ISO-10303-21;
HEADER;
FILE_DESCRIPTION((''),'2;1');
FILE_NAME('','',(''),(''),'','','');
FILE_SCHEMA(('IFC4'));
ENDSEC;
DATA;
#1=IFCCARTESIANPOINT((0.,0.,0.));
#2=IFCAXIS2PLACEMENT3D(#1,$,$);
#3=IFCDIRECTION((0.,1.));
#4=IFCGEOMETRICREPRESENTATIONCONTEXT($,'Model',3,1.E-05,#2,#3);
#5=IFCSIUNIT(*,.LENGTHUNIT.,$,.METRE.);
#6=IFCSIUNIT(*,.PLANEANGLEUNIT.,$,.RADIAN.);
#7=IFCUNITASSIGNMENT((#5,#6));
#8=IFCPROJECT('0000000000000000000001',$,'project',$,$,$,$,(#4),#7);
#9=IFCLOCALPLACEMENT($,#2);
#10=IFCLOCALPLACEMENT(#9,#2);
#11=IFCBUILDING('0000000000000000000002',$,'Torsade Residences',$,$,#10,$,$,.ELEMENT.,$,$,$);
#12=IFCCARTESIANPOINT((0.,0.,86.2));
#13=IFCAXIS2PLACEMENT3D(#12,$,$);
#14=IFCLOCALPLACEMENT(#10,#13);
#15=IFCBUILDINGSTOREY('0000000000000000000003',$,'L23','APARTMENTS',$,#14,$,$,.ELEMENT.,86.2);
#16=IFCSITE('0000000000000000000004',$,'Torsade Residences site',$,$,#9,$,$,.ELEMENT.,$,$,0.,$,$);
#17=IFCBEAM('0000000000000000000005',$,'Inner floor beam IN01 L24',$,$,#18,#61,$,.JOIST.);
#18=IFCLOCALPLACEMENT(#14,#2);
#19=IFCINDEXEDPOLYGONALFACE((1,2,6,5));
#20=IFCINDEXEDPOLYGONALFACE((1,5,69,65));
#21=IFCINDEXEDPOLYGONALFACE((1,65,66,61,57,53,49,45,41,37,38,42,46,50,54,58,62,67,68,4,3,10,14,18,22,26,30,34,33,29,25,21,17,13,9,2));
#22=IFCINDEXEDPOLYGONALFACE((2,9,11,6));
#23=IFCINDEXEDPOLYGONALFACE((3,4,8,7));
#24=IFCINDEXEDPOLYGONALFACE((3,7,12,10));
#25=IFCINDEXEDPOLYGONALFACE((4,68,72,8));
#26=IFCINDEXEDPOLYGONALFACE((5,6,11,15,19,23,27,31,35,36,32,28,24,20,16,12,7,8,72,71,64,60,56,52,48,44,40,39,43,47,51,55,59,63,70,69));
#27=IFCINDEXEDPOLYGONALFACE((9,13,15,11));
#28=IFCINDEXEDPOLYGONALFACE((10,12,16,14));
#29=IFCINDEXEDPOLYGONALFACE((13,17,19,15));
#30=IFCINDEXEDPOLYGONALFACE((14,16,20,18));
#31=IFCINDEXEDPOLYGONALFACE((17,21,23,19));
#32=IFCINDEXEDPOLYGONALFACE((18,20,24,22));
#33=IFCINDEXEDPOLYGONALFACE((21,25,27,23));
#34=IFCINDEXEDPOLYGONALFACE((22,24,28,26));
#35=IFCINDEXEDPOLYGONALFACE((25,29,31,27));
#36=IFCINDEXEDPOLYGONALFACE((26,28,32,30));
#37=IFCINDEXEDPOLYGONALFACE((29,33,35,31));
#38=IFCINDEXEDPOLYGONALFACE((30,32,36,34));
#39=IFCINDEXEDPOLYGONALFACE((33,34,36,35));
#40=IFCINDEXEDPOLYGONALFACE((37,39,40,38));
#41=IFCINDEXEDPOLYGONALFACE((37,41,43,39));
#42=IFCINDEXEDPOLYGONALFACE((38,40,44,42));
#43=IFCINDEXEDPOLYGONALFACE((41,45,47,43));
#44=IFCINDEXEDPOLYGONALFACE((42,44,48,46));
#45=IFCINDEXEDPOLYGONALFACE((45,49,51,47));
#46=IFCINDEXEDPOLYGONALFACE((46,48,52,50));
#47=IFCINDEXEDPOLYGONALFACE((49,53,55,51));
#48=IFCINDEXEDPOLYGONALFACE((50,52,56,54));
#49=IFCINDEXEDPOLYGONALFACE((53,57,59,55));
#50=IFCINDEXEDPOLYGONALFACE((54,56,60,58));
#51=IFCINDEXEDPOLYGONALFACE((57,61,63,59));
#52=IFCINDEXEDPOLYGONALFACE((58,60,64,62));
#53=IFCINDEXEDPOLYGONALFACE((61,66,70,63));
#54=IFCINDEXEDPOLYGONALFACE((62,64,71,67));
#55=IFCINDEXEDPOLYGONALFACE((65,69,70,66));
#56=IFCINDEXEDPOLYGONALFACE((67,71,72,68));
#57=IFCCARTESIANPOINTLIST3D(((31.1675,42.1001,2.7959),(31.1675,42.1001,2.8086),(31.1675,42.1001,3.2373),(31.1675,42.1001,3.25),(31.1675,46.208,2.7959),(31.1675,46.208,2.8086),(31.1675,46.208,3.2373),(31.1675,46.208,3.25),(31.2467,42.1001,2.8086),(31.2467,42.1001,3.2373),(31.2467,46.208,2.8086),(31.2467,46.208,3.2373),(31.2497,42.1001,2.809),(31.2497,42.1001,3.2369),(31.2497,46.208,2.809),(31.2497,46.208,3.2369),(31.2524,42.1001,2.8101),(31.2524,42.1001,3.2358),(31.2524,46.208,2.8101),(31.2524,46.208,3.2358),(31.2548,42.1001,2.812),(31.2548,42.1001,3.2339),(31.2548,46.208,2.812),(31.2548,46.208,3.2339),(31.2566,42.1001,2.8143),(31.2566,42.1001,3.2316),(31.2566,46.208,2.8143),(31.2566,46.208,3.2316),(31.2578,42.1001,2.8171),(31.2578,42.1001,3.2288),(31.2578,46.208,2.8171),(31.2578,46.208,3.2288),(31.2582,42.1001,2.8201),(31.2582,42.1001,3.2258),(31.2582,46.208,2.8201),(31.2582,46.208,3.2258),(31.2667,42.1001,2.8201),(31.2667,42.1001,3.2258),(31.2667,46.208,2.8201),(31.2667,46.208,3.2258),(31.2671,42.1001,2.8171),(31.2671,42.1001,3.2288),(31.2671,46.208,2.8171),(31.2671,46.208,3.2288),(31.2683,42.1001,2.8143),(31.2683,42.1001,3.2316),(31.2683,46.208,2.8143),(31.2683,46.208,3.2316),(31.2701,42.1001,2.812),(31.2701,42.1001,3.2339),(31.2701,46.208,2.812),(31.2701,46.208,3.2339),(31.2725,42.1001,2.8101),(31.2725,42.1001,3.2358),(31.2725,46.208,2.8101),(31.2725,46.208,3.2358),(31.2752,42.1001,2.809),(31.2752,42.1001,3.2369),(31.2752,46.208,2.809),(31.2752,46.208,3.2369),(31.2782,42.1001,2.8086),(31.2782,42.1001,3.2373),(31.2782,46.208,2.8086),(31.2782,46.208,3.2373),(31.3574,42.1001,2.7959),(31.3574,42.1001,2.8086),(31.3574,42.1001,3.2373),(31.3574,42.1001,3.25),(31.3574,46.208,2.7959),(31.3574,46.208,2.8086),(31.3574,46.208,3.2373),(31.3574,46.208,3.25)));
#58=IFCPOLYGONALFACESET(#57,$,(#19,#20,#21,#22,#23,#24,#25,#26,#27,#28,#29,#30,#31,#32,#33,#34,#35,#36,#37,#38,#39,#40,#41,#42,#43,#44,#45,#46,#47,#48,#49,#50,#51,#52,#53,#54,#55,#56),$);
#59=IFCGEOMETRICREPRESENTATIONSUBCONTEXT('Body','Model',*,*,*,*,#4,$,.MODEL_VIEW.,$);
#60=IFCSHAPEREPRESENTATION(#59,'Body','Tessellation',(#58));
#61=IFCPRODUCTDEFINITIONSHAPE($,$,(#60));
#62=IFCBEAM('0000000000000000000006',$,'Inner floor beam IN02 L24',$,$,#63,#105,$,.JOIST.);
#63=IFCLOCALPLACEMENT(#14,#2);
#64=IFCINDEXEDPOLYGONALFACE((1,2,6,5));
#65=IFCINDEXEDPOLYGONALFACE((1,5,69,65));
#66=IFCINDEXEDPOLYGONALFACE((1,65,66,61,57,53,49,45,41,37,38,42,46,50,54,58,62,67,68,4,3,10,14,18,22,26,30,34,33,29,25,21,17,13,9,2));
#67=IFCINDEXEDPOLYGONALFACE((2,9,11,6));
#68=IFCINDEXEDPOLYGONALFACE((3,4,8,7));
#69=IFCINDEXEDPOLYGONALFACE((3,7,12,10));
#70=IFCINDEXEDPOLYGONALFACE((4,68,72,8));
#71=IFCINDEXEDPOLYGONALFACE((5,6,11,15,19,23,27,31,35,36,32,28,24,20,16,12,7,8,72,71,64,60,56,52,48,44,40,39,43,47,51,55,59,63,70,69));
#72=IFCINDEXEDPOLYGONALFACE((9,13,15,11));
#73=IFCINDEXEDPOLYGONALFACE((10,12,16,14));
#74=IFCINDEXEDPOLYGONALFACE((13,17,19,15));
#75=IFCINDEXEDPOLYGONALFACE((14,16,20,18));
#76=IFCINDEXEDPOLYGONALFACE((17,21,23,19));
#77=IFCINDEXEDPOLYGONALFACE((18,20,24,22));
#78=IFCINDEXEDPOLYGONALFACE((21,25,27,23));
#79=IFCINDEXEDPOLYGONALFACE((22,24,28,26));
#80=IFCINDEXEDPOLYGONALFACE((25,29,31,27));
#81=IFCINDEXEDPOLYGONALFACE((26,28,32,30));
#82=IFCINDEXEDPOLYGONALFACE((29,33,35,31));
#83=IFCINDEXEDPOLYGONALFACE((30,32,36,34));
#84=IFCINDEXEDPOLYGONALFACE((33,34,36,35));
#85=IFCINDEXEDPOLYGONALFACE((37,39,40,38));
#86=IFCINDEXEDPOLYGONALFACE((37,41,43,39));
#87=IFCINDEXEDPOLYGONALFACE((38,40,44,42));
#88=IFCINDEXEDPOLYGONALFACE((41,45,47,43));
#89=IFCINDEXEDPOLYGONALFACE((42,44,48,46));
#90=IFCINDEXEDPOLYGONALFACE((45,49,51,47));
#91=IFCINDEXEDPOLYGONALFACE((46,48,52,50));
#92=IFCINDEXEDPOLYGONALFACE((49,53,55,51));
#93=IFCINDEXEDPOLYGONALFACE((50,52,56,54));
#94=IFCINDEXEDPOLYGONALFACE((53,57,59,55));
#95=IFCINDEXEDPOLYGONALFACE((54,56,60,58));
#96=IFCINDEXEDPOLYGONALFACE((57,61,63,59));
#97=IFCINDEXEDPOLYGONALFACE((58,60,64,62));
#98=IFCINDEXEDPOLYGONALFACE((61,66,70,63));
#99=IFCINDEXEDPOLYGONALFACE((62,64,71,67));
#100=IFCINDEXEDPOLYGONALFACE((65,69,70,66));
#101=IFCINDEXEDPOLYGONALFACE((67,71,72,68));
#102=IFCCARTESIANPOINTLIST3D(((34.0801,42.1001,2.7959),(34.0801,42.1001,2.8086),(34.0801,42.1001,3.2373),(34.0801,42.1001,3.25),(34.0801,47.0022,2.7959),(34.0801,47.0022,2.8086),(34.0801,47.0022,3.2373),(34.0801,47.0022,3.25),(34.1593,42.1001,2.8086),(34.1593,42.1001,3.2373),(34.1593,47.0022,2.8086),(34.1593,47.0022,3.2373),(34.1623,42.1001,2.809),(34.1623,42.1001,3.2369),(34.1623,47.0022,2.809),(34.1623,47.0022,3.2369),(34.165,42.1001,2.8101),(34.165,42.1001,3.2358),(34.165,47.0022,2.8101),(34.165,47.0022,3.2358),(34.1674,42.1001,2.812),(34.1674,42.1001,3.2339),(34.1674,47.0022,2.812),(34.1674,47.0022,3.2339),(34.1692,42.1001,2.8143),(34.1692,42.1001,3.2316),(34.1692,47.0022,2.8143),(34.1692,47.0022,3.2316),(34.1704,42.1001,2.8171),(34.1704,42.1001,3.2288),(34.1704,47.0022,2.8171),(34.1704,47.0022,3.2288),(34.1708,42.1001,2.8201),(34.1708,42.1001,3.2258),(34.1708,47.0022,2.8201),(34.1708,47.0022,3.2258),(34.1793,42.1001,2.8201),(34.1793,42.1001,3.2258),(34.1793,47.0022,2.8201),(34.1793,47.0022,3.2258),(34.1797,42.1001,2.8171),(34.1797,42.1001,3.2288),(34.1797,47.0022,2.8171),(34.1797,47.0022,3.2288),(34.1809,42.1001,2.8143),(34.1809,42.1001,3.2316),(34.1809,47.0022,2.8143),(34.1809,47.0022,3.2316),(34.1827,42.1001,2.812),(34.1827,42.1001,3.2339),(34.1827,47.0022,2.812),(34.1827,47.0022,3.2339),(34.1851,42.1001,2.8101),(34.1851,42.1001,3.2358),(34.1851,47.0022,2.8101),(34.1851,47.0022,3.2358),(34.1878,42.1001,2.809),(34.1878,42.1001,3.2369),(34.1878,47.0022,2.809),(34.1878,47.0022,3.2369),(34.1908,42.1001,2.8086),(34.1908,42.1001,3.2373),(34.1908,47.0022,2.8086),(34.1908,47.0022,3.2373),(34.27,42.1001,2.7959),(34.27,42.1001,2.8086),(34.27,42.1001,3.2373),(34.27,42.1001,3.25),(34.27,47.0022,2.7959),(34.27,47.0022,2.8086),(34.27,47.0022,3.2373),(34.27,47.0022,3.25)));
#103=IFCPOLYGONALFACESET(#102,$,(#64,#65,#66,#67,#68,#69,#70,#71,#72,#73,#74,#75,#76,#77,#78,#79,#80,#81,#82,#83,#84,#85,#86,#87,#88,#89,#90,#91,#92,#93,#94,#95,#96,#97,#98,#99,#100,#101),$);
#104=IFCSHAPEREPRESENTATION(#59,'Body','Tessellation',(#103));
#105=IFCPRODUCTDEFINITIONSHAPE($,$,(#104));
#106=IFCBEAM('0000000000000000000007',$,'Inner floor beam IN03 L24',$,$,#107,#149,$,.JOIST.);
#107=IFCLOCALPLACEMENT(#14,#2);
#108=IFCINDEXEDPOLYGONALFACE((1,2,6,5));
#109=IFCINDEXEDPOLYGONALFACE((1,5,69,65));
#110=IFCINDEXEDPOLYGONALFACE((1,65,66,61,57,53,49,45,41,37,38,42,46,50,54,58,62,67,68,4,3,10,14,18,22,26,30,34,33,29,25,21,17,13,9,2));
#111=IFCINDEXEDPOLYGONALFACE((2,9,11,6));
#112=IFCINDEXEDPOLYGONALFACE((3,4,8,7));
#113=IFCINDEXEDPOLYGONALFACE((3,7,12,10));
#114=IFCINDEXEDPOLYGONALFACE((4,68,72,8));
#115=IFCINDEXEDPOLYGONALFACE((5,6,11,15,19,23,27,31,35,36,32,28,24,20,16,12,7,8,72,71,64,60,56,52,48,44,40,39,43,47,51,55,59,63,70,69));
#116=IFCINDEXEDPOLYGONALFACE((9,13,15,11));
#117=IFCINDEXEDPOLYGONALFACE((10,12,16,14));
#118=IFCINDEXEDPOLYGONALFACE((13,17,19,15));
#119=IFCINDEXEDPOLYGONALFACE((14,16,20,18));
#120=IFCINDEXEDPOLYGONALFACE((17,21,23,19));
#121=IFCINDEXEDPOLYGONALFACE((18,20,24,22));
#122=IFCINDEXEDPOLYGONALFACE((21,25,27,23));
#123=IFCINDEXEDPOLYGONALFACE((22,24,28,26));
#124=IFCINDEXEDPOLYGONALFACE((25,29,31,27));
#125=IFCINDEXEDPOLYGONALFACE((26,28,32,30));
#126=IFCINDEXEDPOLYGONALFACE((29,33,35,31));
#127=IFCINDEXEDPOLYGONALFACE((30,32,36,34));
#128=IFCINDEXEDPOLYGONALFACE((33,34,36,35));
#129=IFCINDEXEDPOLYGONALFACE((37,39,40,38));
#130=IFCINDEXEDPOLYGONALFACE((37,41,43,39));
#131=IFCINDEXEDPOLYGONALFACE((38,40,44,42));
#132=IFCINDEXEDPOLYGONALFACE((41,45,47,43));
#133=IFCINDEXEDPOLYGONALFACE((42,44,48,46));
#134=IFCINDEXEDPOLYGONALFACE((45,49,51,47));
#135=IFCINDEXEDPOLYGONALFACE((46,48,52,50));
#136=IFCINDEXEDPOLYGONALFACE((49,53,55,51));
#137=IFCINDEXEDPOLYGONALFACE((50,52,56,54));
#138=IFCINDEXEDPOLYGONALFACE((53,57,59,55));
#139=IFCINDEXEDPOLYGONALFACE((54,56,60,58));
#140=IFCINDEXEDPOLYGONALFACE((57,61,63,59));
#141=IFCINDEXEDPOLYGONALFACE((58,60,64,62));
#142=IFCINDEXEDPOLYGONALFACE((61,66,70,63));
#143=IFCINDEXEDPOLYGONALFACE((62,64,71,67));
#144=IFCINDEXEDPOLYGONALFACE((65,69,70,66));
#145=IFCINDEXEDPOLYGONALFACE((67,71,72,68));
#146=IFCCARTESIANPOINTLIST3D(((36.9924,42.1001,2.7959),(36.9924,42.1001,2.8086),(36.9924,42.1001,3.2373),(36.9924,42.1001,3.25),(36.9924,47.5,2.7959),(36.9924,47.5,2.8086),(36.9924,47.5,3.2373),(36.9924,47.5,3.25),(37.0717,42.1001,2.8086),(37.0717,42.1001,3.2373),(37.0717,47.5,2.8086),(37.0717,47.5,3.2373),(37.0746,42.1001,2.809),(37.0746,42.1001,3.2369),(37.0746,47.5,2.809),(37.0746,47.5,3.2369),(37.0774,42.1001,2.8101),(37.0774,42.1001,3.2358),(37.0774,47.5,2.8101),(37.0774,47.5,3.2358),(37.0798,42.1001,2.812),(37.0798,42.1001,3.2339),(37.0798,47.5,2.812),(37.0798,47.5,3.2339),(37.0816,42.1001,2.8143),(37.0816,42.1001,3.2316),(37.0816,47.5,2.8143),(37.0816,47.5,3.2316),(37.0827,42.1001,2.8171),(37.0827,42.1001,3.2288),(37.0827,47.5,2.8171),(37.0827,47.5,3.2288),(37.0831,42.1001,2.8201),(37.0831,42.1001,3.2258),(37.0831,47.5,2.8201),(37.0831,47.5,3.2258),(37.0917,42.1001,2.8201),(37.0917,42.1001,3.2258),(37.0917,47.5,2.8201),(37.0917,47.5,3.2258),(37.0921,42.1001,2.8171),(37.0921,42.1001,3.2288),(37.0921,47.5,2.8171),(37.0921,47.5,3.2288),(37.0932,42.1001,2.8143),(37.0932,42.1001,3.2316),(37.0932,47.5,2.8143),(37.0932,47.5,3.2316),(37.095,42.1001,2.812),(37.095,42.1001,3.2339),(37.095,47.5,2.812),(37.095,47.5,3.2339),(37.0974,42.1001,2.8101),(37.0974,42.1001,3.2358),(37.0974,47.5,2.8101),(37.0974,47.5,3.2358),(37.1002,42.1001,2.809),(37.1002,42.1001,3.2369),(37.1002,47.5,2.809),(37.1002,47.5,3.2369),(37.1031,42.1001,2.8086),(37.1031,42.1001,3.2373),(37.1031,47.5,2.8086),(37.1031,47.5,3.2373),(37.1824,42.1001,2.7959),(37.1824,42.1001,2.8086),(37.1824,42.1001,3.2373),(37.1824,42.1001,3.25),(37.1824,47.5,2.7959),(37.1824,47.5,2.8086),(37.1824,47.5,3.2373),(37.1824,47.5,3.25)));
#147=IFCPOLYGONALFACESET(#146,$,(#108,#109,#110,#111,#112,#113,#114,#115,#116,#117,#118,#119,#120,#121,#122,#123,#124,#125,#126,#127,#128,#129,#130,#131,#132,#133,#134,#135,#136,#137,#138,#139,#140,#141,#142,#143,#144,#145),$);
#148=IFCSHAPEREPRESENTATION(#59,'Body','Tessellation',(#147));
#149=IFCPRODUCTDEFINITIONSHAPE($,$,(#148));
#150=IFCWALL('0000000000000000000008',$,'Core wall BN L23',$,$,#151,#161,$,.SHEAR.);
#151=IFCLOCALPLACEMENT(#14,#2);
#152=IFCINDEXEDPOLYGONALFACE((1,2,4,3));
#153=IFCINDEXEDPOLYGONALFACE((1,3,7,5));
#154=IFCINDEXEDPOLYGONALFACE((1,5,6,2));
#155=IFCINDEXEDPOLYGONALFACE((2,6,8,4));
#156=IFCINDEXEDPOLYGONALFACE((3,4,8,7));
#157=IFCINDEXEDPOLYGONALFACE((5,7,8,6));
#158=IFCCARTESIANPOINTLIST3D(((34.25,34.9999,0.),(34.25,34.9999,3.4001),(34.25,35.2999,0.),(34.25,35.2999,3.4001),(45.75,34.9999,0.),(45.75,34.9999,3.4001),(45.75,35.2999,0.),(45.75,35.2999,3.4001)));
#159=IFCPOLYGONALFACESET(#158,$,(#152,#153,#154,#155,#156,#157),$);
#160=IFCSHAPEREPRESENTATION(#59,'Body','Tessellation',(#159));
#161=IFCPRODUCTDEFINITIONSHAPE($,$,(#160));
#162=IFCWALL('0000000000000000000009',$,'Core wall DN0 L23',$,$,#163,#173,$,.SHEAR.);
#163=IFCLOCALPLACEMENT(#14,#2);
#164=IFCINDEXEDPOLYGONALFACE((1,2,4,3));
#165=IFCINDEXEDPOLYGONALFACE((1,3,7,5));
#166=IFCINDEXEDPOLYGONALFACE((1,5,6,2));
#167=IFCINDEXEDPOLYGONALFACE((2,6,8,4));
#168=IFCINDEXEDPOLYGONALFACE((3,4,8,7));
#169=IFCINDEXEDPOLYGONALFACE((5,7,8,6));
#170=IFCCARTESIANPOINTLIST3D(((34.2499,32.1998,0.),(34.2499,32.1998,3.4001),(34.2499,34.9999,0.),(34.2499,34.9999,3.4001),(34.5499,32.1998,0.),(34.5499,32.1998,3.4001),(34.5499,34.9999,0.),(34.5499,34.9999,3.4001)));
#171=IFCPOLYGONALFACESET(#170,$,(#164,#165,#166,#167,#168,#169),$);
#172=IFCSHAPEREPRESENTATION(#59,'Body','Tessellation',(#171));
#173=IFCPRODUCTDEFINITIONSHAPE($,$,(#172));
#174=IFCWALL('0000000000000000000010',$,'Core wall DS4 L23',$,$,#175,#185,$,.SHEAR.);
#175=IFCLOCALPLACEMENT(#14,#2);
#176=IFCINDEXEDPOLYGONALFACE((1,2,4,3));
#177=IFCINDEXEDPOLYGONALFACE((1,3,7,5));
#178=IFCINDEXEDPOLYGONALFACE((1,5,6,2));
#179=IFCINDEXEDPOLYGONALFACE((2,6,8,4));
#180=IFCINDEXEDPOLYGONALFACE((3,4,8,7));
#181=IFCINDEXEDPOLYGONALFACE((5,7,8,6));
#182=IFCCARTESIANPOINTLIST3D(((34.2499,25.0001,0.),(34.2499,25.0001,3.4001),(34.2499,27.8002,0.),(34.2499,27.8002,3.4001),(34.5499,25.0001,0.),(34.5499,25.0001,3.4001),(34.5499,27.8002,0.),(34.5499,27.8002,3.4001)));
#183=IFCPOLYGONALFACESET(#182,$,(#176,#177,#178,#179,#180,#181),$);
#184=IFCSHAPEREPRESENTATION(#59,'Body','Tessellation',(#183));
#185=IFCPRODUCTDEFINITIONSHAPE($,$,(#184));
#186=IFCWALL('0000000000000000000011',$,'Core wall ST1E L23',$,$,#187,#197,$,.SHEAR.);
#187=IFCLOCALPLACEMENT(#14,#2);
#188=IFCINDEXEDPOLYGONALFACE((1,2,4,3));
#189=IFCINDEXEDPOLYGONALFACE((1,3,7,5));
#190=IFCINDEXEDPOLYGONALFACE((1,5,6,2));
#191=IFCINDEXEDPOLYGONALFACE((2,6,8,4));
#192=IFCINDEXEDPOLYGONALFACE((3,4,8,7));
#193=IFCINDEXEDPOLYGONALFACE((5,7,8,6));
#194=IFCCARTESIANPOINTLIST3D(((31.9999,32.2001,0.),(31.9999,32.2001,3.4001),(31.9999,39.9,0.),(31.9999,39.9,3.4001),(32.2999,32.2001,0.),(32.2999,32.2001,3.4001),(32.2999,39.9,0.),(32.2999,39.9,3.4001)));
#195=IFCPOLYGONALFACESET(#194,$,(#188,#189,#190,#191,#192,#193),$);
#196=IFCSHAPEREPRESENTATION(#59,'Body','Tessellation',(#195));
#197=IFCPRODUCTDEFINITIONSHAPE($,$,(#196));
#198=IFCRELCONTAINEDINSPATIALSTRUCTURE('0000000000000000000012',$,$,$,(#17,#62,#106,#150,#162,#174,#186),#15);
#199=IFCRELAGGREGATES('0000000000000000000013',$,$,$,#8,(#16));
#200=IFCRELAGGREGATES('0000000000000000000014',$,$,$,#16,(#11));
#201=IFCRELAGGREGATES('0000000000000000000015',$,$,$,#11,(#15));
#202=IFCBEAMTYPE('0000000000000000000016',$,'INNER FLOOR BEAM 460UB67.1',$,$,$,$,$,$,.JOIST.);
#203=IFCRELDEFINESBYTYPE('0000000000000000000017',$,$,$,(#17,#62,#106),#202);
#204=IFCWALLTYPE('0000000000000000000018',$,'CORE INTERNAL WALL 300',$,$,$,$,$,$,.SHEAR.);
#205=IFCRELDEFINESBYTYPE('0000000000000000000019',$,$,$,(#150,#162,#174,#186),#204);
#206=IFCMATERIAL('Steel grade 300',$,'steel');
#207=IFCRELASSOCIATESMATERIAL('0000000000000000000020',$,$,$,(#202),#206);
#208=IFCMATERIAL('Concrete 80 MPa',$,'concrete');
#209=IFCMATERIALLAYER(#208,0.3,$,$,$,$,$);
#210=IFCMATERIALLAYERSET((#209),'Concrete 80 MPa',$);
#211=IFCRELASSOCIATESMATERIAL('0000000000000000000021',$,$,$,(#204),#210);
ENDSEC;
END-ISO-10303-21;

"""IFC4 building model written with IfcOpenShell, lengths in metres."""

from ifc_helpers import new_model, si_unit, direction, frame, frame_2d, origin, origin_2d, place, context, subcontext, project, spatial, rectangle, i_section, extrude, material, layer, layer_set, material_profile, profile_set, type_object, element, save


model = new_model("IFC4")

# Units and contexts
model_context = context("Model", 3, precision=1e-05, world=origin(), true_north=direction((0.0, 1.0)))
body_context = subcontext(model_context, "Body", "Model", "MODEL_VIEW")
ifc_project = project(units=[si_unit("LENGTHUNIT", "METRE"), si_unit("PLANEANGLEUNIT", "RADIAN")], contexts=[model_context])

# Site, building, storey
site_placement = place(None, origin())
site = spatial("IfcSite", under=ifc_project, at=site_placement, Name="Torsade Residences site", CompositionType="ELEMENT", RefElevation=0.0)
building_placement = place(site_placement, origin())
building = spatial("IfcBuilding", under=site, at=building_placement, Name="Torsade Residences", CompositionType="ELEMENT")
storey_placement = place(building_placement, frame((0.0, 0.0, 86.2)))
storey = spatial("IfcBuildingStorey", under=building, at=storey_placement, Name="L23", Description="APARTMENTS", CompositionType="ELEMENT", Elevation=86.2)

# Beams
ifc_material_1 = material(Name="Steel grade 300", Category="steel")
ifc_material_profile = material_profile(ifc_material_1, i_section(OverallWidth=0.1899, OverallDepth=0.4541, WebThickness=0.0085, FlangeThickness=0.0127, FilletRadius=0.0115, at=origin_2d()), Name="460UB67.1")
ifc_profile_set = profile_set([ifc_material_profile], Name="Steel grade 300")
beam_type = type_object("IfcBeamType", Name="INNER FLOOR BEAM 460UB67.1", PredefinedType="JOIST", material=ifc_profile_set)
beam_1_placement = place(storey_placement, frame((31.2625, 42.1001, 3.0229), z_axis=(0.0, 1.0, 0.0), x_axis=(-1.0, 0.0, 0.0)))
element("IfcBeam", 1, at=beam_1_placement, inside=storey, type_object=beam_type, Name="Inner floor beam IN01 L24", PredefinedType="JOIST", context=body_context, shape_type="SweptSolid", body=[
    extrude(i_section(OverallWidth=0.1899, OverallDepth=0.4541, WebThickness=0.0085, FlangeThickness=0.0127, FilletRadius=0.0115, at=origin_2d()), origin(), (0.0, 0.0, 1.0), 4.1079),
])
beam_2_placement = place(storey_placement, frame((34.175, 42.1001, 3.0229), z_axis=(0.0, 1.0, 0.0), x_axis=(-1.0, 0.0, 0.0)))
element("IfcBeam", 2, at=beam_2_placement, inside=storey, type_object=beam_type, Name="Inner floor beam IN02 L24", PredefinedType="JOIST", context=body_context, shape_type="SweptSolid", body=[
    extrude(i_section(OverallWidth=0.1899, OverallDepth=0.4541, WebThickness=0.0085, FlangeThickness=0.0127, FilletRadius=0.0115, at=origin_2d()), origin(), (0.0, 0.0, 1.0), 4.9021),
])
beam_3_placement = place(storey_placement, frame((37.0874, 42.1001, 3.0229), z_axis=(0.0, 1.0, 0.0), x_axis=(-1.0, 0.0, 0.0)))
element("IfcBeam", 3, at=beam_3_placement, inside=storey, type_object=beam_type, Name="Inner floor beam IN03 L24", PredefinedType="JOIST", context=body_context, shape_type="SweptSolid", body=[
    extrude(i_section(OverallWidth=0.1899, OverallDepth=0.4541, WebThickness=0.0085, FlangeThickness=0.0127, FilletRadius=0.0115, at=origin_2d()), origin(), (0.0, 0.0, 1.0), 5.3999),
])

# Walls
ifc_material_2 = material(Name="Concrete 80 MPa", Category="concrete")
ifc_layer_1 = layer(ifc_material_2, 0.3)
ifc_layer_set_1 = layer_set([ifc_layer_1], Name="Concrete 80 MPa")
wall_type_1 = type_object("IfcWallType", Name="CORE INTERNAL WALL 300", PredefinedType="SHEAR", material=ifc_layer_set_1)
wall_1_placement = place(storey_placement, frame((34.25, 35.1499, 0.0), z_axis=(0.0, 0.0, 1.0), x_axis=(1.0, 0.0, 0.0)))
element("IfcWall", 4, at=wall_1_placement, inside=storey, type_object=wall_type_1, Name="Core wall BN L23", PredefinedType="SHEAR", context=body_context, shape_type="SweptSolid", body=[
    extrude(rectangle(XDim=11.5, YDim=0.3, at=frame_2d((5.75, 0.0))), origin(), (0.0, 0.0, 1.0), 3.4001),
])
for number, where, z_axis, x_axis, name in (
    (5, (34.3999, 32.2, 0.0), (0.0, 0.0, 1.0), (0.0, 1.0, 0.0), "Core wall DN0 L23"),
    (6, (34.3999, 27.8, 0.0), (0.0, 0.0, 1.0), (0.0, -1.0, 0.0), "Core wall DS4 L23"),
):
    element("IfcWall", number, at=place(storey_placement, frame(where, z_axis=z_axis, x_axis=x_axis)), inside=storey, type_object=wall_type_1, Name=name, PredefinedType="SHEAR", context=body_context, shape_type="SweptSolid", body=[
        extrude(rectangle(XDim=2.8, YDim=0.3, at=frame_2d((1.3999, 0.0))), origin(), (0.0, 0.0, 1.0), 3.4001),
    ])
wall_2_placement = place(storey_placement, frame((32.1499, 32.2, 0.0), z_axis=(0.0, 0.0, 1.0), x_axis=(0.0, 1.0, 0.0)))
element("IfcWall", 7, at=wall_2_placement, inside=storey, type_object=wall_type_1, Name="Core wall ST1E L23", PredefinedType="SHEAR", context=body_context, shape_type="SweptSolid", body=[
    extrude(rectangle(XDim=7.7, YDim=0.3, at=frame_2d((3.8501, 0.0))), origin(), (0.0, 0.0, 1.0), 3.4001),
])

save(model, "model.ifc")
